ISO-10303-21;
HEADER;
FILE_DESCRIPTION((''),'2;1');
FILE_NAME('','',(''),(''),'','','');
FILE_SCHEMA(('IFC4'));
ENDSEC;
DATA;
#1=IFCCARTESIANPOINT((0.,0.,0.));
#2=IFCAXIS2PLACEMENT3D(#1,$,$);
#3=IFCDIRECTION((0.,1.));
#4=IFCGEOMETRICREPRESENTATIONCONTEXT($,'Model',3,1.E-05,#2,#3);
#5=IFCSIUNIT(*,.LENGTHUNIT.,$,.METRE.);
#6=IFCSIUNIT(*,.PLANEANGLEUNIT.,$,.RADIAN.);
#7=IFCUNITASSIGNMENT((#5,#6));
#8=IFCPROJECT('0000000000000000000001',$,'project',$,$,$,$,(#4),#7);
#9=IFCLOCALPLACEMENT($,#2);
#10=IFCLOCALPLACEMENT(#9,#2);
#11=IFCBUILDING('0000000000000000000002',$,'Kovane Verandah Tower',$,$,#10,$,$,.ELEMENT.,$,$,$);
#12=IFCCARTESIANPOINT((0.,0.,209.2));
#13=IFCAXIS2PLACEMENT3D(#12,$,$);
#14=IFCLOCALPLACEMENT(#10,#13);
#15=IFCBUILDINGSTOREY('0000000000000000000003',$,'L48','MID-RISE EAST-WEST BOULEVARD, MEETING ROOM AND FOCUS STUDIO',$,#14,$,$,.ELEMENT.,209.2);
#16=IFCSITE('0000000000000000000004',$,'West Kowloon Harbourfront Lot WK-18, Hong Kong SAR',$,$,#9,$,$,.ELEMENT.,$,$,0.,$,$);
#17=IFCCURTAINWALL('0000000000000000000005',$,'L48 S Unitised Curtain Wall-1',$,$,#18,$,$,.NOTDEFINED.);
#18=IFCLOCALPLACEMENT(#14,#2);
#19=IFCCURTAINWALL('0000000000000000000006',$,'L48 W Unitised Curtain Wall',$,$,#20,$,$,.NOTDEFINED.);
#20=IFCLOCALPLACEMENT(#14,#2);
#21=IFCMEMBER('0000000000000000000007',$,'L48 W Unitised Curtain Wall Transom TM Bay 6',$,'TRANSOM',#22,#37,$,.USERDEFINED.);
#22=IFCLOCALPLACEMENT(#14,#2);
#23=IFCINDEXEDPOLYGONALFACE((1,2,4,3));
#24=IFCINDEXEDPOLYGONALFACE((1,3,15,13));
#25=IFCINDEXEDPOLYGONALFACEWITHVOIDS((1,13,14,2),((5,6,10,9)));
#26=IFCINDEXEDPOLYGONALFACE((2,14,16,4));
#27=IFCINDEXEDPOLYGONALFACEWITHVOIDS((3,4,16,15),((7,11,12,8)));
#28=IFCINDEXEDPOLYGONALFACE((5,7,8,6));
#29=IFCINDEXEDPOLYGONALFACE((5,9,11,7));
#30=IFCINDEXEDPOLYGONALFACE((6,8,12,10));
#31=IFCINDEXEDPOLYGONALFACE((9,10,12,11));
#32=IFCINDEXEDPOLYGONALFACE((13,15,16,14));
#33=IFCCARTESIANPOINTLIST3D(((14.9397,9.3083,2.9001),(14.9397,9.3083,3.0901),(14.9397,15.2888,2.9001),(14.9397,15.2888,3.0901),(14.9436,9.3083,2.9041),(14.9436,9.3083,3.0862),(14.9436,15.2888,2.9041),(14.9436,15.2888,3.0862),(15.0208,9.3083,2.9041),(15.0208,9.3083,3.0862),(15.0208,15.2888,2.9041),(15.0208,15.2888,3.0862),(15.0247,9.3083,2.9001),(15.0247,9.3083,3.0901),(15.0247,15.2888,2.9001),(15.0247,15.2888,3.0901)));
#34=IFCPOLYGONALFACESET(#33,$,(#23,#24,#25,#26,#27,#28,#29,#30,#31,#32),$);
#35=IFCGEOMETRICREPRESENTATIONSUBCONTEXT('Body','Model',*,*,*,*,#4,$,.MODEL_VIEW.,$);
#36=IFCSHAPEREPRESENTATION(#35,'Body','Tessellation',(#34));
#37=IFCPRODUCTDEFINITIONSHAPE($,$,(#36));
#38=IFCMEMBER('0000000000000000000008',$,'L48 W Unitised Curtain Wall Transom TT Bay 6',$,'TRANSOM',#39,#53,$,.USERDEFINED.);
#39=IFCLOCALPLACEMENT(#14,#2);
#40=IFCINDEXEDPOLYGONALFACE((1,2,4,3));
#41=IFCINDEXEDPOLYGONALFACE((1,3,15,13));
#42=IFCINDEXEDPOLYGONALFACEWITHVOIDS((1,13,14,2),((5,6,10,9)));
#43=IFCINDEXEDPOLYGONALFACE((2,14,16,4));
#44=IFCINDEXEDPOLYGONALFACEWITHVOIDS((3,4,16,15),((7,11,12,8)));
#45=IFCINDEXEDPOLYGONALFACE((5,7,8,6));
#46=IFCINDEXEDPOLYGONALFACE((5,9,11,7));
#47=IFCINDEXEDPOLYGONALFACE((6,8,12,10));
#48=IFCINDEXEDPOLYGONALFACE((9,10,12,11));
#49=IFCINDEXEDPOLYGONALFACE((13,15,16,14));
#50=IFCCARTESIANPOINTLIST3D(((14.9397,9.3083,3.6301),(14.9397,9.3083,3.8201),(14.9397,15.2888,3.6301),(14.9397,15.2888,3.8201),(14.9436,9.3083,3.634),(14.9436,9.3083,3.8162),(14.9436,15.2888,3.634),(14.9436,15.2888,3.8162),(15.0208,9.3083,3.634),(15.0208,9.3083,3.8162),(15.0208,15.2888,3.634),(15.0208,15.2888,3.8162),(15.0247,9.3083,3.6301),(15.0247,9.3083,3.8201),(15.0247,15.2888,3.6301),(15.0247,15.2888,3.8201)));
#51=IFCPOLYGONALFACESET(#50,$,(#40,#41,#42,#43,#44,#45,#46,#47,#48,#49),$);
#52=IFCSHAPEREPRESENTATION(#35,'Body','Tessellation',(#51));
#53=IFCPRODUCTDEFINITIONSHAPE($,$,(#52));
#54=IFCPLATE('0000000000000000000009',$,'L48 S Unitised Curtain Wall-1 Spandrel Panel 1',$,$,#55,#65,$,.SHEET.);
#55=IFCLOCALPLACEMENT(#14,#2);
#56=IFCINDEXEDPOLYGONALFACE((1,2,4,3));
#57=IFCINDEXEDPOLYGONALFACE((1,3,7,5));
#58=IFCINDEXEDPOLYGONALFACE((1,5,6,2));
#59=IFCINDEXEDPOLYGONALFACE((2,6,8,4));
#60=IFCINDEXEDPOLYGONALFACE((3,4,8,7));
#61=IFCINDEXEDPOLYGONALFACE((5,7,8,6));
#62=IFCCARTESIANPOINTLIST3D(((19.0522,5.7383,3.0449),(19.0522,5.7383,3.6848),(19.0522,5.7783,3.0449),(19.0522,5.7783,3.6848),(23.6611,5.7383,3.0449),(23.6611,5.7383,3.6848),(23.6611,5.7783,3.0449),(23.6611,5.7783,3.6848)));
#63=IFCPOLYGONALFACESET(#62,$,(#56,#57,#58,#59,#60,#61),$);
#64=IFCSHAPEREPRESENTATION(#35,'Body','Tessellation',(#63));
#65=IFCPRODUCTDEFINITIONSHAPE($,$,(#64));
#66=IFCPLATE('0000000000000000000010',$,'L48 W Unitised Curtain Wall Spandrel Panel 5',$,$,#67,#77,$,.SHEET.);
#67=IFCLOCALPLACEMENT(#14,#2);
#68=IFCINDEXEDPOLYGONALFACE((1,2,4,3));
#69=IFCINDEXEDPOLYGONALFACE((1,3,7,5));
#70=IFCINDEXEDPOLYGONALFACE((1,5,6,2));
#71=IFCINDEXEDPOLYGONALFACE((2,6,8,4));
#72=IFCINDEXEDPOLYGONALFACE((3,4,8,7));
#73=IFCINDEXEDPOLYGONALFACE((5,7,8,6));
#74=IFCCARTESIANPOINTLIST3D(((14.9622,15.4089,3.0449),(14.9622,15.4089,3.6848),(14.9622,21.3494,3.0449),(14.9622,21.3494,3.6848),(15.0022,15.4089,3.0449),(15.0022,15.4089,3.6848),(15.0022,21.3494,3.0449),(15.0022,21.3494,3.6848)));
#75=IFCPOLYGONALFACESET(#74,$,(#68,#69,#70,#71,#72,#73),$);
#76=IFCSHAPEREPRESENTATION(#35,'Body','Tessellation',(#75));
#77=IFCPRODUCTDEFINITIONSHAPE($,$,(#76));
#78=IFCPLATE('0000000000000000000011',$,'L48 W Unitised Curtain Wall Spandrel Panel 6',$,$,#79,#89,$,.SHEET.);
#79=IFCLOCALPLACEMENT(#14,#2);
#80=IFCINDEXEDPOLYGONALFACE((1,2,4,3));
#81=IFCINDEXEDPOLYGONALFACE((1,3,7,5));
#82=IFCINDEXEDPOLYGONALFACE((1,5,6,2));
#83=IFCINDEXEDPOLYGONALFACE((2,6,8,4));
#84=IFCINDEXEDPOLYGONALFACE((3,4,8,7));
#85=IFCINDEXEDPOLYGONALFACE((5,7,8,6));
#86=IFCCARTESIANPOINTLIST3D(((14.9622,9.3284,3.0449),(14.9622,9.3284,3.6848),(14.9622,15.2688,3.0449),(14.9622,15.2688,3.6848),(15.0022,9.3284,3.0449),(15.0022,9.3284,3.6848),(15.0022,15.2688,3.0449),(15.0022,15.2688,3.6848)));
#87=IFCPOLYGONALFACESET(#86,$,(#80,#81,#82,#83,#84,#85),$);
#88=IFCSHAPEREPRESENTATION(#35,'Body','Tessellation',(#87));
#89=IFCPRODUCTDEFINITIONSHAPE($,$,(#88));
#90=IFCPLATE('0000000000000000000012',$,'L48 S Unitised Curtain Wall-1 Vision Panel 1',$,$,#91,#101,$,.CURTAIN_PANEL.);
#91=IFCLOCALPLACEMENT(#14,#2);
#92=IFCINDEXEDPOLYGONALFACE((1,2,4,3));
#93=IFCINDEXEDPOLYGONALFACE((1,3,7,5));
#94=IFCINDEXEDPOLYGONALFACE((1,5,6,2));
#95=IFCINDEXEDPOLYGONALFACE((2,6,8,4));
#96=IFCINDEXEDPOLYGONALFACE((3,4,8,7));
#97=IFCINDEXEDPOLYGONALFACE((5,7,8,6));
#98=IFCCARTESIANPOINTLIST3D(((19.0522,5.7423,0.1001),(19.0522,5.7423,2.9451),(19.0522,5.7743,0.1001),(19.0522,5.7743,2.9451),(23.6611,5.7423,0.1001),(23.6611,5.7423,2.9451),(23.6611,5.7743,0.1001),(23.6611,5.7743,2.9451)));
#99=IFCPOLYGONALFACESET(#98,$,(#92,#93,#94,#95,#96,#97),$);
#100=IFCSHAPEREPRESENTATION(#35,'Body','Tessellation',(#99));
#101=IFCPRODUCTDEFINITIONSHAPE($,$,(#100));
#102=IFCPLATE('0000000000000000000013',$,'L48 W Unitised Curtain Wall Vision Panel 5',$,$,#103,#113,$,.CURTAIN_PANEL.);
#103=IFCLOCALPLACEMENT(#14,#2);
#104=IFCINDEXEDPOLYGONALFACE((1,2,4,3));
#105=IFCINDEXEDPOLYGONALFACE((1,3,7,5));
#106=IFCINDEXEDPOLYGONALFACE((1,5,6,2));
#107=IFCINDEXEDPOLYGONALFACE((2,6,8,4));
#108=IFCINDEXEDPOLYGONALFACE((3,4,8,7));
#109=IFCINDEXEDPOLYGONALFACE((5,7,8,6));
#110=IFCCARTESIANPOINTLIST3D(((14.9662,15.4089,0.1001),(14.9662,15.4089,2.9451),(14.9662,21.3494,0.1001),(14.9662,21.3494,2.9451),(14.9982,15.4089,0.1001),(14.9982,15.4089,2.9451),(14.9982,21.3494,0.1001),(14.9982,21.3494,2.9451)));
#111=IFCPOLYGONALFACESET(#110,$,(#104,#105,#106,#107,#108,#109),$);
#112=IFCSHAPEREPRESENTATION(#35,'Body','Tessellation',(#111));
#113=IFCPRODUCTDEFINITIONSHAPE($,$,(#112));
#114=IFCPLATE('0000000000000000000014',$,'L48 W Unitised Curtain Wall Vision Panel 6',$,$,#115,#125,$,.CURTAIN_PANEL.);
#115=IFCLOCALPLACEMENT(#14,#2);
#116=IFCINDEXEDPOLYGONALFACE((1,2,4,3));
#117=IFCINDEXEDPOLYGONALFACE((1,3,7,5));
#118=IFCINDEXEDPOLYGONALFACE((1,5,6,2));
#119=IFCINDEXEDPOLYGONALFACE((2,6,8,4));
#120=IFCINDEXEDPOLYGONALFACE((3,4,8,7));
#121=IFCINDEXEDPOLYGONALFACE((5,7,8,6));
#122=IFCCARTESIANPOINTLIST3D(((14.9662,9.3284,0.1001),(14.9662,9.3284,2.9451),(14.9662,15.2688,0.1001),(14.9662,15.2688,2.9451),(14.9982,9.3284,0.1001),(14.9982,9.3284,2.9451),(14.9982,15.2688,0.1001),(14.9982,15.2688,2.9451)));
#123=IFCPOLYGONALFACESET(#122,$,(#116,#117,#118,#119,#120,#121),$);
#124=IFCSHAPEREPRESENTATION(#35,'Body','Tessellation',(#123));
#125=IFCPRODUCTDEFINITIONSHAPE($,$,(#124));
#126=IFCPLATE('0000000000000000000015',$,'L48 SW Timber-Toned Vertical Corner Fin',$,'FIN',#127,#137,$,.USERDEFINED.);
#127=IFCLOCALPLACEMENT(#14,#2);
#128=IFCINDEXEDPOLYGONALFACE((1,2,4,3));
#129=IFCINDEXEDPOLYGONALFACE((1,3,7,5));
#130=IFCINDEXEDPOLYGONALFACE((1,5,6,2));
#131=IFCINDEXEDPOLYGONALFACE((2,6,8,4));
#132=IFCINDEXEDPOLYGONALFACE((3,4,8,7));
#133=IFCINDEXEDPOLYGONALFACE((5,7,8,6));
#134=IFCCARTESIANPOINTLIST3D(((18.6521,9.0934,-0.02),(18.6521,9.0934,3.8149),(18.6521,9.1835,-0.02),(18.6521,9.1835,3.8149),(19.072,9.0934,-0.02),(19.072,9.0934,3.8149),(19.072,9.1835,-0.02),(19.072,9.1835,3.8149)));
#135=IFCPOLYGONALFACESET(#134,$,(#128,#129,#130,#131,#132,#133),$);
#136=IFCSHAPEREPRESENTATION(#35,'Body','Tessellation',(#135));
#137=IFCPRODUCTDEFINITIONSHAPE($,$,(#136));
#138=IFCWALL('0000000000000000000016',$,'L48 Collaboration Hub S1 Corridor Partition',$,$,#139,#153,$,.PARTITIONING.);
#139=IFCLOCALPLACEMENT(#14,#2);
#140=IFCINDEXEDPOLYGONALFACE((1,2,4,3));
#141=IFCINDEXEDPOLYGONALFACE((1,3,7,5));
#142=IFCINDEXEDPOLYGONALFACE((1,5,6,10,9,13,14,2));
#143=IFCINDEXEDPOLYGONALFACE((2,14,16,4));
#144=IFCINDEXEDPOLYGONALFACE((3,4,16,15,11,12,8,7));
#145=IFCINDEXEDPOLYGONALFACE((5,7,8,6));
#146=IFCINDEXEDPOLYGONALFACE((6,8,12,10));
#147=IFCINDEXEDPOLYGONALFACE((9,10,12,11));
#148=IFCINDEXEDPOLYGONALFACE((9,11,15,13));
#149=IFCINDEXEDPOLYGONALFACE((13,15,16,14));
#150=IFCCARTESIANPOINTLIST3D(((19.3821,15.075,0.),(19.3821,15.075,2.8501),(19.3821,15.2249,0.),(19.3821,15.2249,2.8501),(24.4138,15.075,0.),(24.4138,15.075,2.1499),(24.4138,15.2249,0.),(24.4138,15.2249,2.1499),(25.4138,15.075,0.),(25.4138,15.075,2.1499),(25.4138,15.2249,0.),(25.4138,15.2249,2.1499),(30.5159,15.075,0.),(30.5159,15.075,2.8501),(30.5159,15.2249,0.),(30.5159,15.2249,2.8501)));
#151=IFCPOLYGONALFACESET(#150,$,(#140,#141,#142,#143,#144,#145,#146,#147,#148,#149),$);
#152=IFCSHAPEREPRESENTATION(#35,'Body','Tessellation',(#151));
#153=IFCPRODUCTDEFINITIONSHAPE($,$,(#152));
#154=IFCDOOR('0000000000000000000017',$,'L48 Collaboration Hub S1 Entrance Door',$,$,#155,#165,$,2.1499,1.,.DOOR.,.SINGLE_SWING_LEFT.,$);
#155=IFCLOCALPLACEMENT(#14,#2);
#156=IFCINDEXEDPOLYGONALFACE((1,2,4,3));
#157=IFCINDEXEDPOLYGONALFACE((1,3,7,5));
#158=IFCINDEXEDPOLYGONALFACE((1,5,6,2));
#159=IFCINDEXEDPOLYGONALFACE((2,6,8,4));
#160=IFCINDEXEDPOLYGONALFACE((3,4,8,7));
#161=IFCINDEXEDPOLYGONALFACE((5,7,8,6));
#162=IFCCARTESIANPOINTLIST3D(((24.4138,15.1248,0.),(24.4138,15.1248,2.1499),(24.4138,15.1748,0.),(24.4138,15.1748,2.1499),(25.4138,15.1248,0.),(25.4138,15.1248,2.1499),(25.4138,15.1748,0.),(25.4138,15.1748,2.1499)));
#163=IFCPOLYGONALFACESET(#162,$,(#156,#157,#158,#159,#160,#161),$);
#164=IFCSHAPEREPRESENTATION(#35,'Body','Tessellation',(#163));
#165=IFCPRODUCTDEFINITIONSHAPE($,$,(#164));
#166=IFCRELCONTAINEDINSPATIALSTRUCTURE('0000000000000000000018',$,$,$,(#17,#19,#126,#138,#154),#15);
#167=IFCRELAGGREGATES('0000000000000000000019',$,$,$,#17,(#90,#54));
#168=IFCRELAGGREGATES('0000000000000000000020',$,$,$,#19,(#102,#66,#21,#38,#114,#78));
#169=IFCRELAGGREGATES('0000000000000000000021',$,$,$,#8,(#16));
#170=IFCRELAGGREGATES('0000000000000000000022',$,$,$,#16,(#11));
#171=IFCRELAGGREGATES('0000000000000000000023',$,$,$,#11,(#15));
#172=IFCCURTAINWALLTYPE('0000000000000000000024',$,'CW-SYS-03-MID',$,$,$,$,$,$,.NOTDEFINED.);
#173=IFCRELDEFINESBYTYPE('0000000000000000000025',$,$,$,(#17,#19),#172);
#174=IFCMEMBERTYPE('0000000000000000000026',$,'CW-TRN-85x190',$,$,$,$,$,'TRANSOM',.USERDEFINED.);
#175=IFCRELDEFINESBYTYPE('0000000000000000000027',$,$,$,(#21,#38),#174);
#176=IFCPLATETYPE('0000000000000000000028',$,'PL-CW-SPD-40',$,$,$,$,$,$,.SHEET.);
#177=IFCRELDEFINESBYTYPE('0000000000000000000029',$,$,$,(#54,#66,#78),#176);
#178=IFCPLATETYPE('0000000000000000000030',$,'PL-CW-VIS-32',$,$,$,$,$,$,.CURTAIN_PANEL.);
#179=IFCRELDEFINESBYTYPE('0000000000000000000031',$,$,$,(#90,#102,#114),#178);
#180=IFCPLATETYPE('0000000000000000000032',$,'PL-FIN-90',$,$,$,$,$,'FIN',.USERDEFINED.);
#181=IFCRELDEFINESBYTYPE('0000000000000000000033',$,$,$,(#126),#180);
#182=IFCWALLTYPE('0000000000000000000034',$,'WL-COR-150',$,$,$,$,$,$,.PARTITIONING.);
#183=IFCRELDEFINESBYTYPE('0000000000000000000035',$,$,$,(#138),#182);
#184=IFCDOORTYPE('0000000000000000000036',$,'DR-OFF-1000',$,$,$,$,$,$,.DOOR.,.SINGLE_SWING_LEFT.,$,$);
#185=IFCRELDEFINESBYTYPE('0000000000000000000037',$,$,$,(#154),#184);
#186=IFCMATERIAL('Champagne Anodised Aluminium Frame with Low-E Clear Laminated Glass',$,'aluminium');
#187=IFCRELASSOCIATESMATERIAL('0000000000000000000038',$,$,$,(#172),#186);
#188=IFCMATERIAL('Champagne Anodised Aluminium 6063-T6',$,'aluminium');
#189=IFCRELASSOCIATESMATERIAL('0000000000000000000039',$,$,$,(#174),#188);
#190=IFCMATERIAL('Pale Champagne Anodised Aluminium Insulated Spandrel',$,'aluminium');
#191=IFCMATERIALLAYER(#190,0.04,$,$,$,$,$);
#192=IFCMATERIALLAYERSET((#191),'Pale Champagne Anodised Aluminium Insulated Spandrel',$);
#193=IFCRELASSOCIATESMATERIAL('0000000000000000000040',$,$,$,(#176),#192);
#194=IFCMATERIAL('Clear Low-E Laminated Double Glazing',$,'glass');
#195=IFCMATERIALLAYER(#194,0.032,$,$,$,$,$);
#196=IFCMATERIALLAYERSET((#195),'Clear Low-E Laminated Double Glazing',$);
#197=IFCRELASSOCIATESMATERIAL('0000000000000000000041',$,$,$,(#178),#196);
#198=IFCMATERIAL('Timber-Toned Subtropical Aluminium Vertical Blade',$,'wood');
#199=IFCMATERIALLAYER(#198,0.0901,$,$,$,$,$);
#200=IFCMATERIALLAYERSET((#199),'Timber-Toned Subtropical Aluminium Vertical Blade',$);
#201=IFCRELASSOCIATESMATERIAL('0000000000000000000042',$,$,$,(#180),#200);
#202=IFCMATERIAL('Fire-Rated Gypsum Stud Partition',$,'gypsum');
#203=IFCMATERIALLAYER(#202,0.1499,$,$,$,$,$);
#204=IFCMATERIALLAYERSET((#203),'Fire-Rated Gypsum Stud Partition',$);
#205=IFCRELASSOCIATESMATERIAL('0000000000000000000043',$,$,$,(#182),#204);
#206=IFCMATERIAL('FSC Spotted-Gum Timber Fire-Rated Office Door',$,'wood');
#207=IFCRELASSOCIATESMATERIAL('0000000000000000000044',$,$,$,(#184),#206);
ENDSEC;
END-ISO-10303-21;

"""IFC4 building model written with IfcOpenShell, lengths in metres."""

from ifc_helpers import new_model, si_unit, direction, frame, frame_2d, origin, origin_2d, place, context, subcontext, project, spatial, rectangle, hollow_rectangle, extrude, material, layer, layer_set, material_profile, profile_set, type_object, element, fill, aggregate, save


model = new_model("IFC4")

# Units and contexts
model_context = context("Model", 3, precision=1e-05, world=origin(), true_north=direction((0.0, 1.0)))
body_context = subcontext(model_context, "Body", "Model", "MODEL_VIEW")
ifc_project = project(units=[si_unit("LENGTHUNIT", "METRE"), si_unit("PLANEANGLEUNIT", "RADIAN")], contexts=[model_context])

# Site, building, storey
site_placement = place(None, origin())
site = spatial("IfcSite", under=ifc_project, at=site_placement, Name="West Kowloon Harbourfront Lot WK-18, Hong Kong SAR", CompositionType="ELEMENT", RefElevation=0.0)
building_placement = place(site_placement, origin())
building = spatial("IfcBuilding", under=site, at=building_placement, Name="Kovane Verandah Tower", CompositionType="ELEMENT")
storey_placement = place(building_placement, frame((0.0, 0.0, 209.2)))
storey = spatial("IfcBuildingStorey", under=building, at=storey_placement, Name="L48", Description="MID-RISE EAST-WEST BOULEVARD, MEETING ROOM AND FOCUS STUDIO", CompositionType="ELEMENT", Elevation=209.2)

# Curtain wall
ifc_material_1 = material(Name="Champagne Anodised Aluminium Frame with Low-E Clear Laminated Glass", Category="aluminium")
curtain_wall_type = type_object("IfcCurtainWallType", Name="CW-SYS-03-MID", PredefinedType="NOTDEFINED", material=ifc_material_1)
curtain_wall_1_placement = place(storey_placement, origin())
curtain_wall_1 = element("IfcCurtainWall", 1, at=curtain_wall_1_placement, inside=storey, type_object=curtain_wall_type, Name="L48 S Unitised Curtain Wall-1", PredefinedType="NOTDEFINED")
ifc_material_2 = material(Name="Champagne Anodised Aluminium 6063-T6", Category="aluminium")

# Curtain wall
curtain_wall_2_placement = place(storey_placement, origin())
curtain_wall_2 = element("IfcCurtainWall", 2, at=curtain_wall_2_placement, inside=storey, type_object=curtain_wall_type, Name="L48 W Unitised Curtain Wall", PredefinedType="NOTDEFINED")

# Members
ifc_material_profile_1 = material_profile(ifc_material_2, hollow_rectangle(XDim=0.085, YDim=0.1899, WallThickness=0.0039, at=origin_2d()), Name="AL85x190x4")
ifc_profile_set_1 = profile_set([ifc_material_profile_1], Name="Champagne Anodised Aluminium 6063-T6")
member_type_1 = type_object("IfcMemberType", Name="CW-TRN-85x190", ElementType="TRANSOM", PredefinedType="USERDEFINED", material=ifc_profile_set_1)
member_1_placement = place(storey_placement, frame((14.9822, 15.2888, 2.9951), z_axis=(0.0, -1.0, 0.0), x_axis=(1.0, 0.0, 0.0)))
member_1 = element("IfcMember", 3, at=member_1_placement, type_object=member_type_1, Name="L48 W Unitised Curtain Wall Transom TM Bay 6", ObjectType="TRANSOM", PredefinedType="USERDEFINED", context=body_context, shape_type="SweptSolid", body=[
    extrude(hollow_rectangle(XDim=0.085, YDim=0.1899, WallThickness=0.0039, at=origin_2d()), origin(), (0.0, 0.0, 1.0), 5.9805),
])
member_2_placement = place(storey_placement, frame((14.9822, 15.2888, 3.7251), z_axis=(0.0, -1.0, 0.0), x_axis=(1.0, 0.0, 0.0)))
member_2 = element("IfcMember", 4, at=member_2_placement, type_object=member_type_1, Name="L48 W Unitised Curtain Wall Transom TT Bay 6", ObjectType="TRANSOM", PredefinedType="USERDEFINED", context=body_context, shape_type="SweptSolid", body=[
    extrude(hollow_rectangle(XDim=0.085, YDim=0.1899, WallThickness=0.0039, at=origin_2d()), origin(), (0.0, 0.0, 1.0), 5.9805),
])

# Plates
ifc_material_3 = material(Name="Pale Champagne Anodised Aluminium Insulated Spandrel", Category="aluminium")
ifc_layer_1 = layer(ifc_material_3, 0.04)
ifc_layer_set_1 = layer_set([ifc_layer_1], Name="Pale Champagne Anodised Aluminium Insulated Spandrel")
plate_type_1 = type_object("IfcPlateType", Name="PL-CW-SPD-40", PredefinedType="SHEET", material=ifc_layer_set_1)
plate_1_placement = place(storey_placement, frame((21.3567, 5.7583, 3.0449), z_axis=(0.0, 0.0, 1.0), x_axis=(1.0, 0.0, 0.0)))
plate_1 = element("IfcPlate", 5, at=plate_1_placement, type_object=plate_type_1, Name="L48 S Unitised Curtain Wall-1 Spandrel Panel 1", PredefinedType="SHEET", context=body_context, shape_type="SweptSolid", body=[
    extrude(rectangle(XDim=4.6089, YDim=0.04, at=origin_2d()), origin(), (0.0, 0.0, 1.0), 0.6399),
])
plate_2_placement = place(storey_placement, frame((14.9822, 18.3792, 3.0449), z_axis=(0.0, 0.0, 1.0), x_axis=(0.0, -1.0, 0.0)))
plate_2 = element("IfcPlate", 6, at=plate_2_placement, type_object=plate_type_1, Name="L48 W Unitised Curtain Wall Spandrel Panel 5", PredefinedType="SHEET", context=body_context, shape_type="SweptSolid", body=[
    extrude(rectangle(XDim=5.9404, YDim=0.04, at=origin_2d()), origin(), (0.0, 0.0, 1.0), 0.6399),
])
plate_3_placement = place(storey_placement, frame((14.9822, 12.2986, 3.0449), z_axis=(0.0, 0.0, 1.0), x_axis=(0.0, -1.0, 0.0)))
plate_3 = element("IfcPlate", 7, at=plate_3_placement, type_object=plate_type_1, Name="L48 W Unitised Curtain Wall Spandrel Panel 6", PredefinedType="SHEET", context=body_context, shape_type="SweptSolid", body=[
    extrude(rectangle(XDim=5.9404, YDim=0.04, at=origin_2d()), origin(), (0.0, 0.0, 1.0), 0.6399),
])
ifc_material_4 = material(Name="Clear Low-E Laminated Double Glazing", Category="glass")
ifc_layer_2 = layer(ifc_material_4, 0.032)
ifc_layer_set_2 = layer_set([ifc_layer_2], Name="Clear Low-E Laminated Double Glazing")
plate_type_2 = type_object("IfcPlateType", Name="PL-CW-VIS-32", PredefinedType="CURTAIN_PANEL", material=ifc_layer_set_2)
plate_4_placement = place(storey_placement, frame((21.3567, 5.7583, 0.1001), z_axis=(0.0, 0.0, 1.0), x_axis=(1.0, 0.0, 0.0)))
plate_4 = element("IfcPlate", 8, at=plate_4_placement, type_object=plate_type_2, Name="L48 S Unitised Curtain Wall-1 Vision Panel 1", PredefinedType="CURTAIN_PANEL", context=body_context, shape_type="SweptSolid", body=[
    extrude(rectangle(XDim=4.6089, YDim=0.032, at=origin_2d()), origin(), (0.0, 0.0, 1.0), 2.845),
])
aggregate(curtain_wall_1, [plate_4, plate_1])
plate_5_placement = place(storey_placement, frame((14.9822, 18.3792, 0.1001), z_axis=(0.0, 0.0, 1.0), x_axis=(0.0, -1.0, 0.0)))
plate_5 = element("IfcPlate", 9, at=plate_5_placement, type_object=plate_type_2, Name="L48 W Unitised Curtain Wall Vision Panel 5", PredefinedType="CURTAIN_PANEL", context=body_context, shape_type="SweptSolid", body=[
    extrude(rectangle(XDim=5.9404, YDim=0.032, at=origin_2d()), origin(), (0.0, 0.0, 1.0), 2.845),
])
plate_6_placement = place(storey_placement, frame((14.9822, 12.2986, 0.1001), z_axis=(0.0, 0.0, 1.0), x_axis=(0.0, -1.0, 0.0)))
plate_6 = element("IfcPlate", 10, at=plate_6_placement, type_object=plate_type_2, Name="L48 W Unitised Curtain Wall Vision Panel 6", PredefinedType="CURTAIN_PANEL", context=body_context, shape_type="SweptSolid", body=[
    extrude(rectangle(XDim=5.9404, YDim=0.032, at=origin_2d()), origin(), (0.0, 0.0, 1.0), 2.845),
])
aggregate(curtain_wall_2, [plate_5, plate_2, member_1, member_2, plate_6, plate_3])
ifc_material_5 = material(Name="Timber-Toned Subtropical Aluminium Vertical Blade", Category="wood")
ifc_layer_3 = layer(ifc_material_5, 0.0901)
ifc_layer_set_3 = layer_set([ifc_layer_3], Name="Timber-Toned Subtropical Aluminium Vertical Blade")
plate_type_3 = type_object("IfcPlateType", Name="PL-FIN-90", ElementType="FIN", PredefinedType="USERDEFINED", material=ifc_layer_set_3)
plate_7_placement = place(storey_placement, frame((18.8621, 9.1384, -0.02), z_axis=(0.0, 0.0, 1.0), x_axis=(1.0, 0.0, 0.0)))
element("IfcPlate", 11, at=plate_7_placement, inside=storey, type_object=plate_type_3, Name="L48 SW Timber-Toned Vertical Corner Fin", ObjectType="FIN", PredefinedType="USERDEFINED", context=body_context, shape_type="SweptSolid", body=[
    extrude(rectangle(XDim=0.4199, YDim=0.0901, at=origin_2d()), origin(), (0.0, 0.0, 1.0), 3.835),
])

# Wall, opening, door
ifc_material_6 = material(Name="Fire-Rated Gypsum Stud Partition", Category="gypsum")
ifc_layer_4 = layer(ifc_material_6, 0.1499)
ifc_layer_set_4 = layer_set([ifc_layer_4], Name="Fire-Rated Gypsum Stud Partition")
wall_type_1 = type_object("IfcWallType", Name="WL-COR-150", PredefinedType="PARTITIONING", material=ifc_layer_set_4)
wall_1_placement = place(storey_placement, frame((19.3821, 15.1499, 0.0), z_axis=(0.0, 0.0, 1.0), x_axis=(1.0, 0.0, 0.0)))
wall_1 = element("IfcWall", 12, at=wall_1_placement, inside=storey, type_object=wall_type_1, Name="L48 Collaboration Hub S1 Corridor Partition", PredefinedType="PARTITIONING", context=body_context, shape_type="SweptSolid", body=[
    extrude(rectangle(XDim=11.1338, YDim=0.1499, at=frame_2d((5.5669, 0.0))), origin(), (0.0, 0.0, 1.0), 2.8501),
])
opening_1_placement = place(wall_1_placement, frame((5.0317, 0.0, 0.0)))
opening_1 = element("IfcOpeningElement", 13, at=opening_1_placement, cuts=wall_1, PredefinedType="OPENING", context=body_context, shape_type="SweptSolid", body=[
    extrude(rectangle(XDim=1.0, YDim=2.1499, at=frame_2d((0.5, 1.075))), frame((0.0, 0.075, 0.0), z_axis=(0.0, -1.0, 0.0), x_axis=(1.0, 0.0, 0.0)), (0.0, 0.0, 1.0), 0.1499),
])
ifc_material_7 = material(Name="FSC Spotted-Gum Timber Fire-Rated Office Door", Category="wood")
door_type = type_object("IfcDoorType", Name="DR-OFF-1000", OperationType="SINGLE_SWING_LEFT", PredefinedType="DOOR", material=ifc_material_7)
door_placement = place(opening_1_placement, origin())
door = element("IfcDoor", 14, at=door_placement, inside=storey, type_object=door_type, Name="L48 Collaboration Hub S1 Entrance Door", OperationType="SINGLE_SWING_LEFT", OverallHeight=2.1499, OverallWidth=1.0, PredefinedType="DOOR", context=body_context, shape_type="SweptSolid", body=[
    extrude(rectangle(XDim=1.0, YDim=2.1499, at=frame_2d((0.5, 1.075))), frame((0.0, 0.0249, 0.0), z_axis=(0.0, -1.0, 0.0), x_axis=(1.0, 0.0, 0.0)), (0.0, 0.0, 1.0), 0.05),
])
fill(opening_1, door)

save(model, "model.ifc")
